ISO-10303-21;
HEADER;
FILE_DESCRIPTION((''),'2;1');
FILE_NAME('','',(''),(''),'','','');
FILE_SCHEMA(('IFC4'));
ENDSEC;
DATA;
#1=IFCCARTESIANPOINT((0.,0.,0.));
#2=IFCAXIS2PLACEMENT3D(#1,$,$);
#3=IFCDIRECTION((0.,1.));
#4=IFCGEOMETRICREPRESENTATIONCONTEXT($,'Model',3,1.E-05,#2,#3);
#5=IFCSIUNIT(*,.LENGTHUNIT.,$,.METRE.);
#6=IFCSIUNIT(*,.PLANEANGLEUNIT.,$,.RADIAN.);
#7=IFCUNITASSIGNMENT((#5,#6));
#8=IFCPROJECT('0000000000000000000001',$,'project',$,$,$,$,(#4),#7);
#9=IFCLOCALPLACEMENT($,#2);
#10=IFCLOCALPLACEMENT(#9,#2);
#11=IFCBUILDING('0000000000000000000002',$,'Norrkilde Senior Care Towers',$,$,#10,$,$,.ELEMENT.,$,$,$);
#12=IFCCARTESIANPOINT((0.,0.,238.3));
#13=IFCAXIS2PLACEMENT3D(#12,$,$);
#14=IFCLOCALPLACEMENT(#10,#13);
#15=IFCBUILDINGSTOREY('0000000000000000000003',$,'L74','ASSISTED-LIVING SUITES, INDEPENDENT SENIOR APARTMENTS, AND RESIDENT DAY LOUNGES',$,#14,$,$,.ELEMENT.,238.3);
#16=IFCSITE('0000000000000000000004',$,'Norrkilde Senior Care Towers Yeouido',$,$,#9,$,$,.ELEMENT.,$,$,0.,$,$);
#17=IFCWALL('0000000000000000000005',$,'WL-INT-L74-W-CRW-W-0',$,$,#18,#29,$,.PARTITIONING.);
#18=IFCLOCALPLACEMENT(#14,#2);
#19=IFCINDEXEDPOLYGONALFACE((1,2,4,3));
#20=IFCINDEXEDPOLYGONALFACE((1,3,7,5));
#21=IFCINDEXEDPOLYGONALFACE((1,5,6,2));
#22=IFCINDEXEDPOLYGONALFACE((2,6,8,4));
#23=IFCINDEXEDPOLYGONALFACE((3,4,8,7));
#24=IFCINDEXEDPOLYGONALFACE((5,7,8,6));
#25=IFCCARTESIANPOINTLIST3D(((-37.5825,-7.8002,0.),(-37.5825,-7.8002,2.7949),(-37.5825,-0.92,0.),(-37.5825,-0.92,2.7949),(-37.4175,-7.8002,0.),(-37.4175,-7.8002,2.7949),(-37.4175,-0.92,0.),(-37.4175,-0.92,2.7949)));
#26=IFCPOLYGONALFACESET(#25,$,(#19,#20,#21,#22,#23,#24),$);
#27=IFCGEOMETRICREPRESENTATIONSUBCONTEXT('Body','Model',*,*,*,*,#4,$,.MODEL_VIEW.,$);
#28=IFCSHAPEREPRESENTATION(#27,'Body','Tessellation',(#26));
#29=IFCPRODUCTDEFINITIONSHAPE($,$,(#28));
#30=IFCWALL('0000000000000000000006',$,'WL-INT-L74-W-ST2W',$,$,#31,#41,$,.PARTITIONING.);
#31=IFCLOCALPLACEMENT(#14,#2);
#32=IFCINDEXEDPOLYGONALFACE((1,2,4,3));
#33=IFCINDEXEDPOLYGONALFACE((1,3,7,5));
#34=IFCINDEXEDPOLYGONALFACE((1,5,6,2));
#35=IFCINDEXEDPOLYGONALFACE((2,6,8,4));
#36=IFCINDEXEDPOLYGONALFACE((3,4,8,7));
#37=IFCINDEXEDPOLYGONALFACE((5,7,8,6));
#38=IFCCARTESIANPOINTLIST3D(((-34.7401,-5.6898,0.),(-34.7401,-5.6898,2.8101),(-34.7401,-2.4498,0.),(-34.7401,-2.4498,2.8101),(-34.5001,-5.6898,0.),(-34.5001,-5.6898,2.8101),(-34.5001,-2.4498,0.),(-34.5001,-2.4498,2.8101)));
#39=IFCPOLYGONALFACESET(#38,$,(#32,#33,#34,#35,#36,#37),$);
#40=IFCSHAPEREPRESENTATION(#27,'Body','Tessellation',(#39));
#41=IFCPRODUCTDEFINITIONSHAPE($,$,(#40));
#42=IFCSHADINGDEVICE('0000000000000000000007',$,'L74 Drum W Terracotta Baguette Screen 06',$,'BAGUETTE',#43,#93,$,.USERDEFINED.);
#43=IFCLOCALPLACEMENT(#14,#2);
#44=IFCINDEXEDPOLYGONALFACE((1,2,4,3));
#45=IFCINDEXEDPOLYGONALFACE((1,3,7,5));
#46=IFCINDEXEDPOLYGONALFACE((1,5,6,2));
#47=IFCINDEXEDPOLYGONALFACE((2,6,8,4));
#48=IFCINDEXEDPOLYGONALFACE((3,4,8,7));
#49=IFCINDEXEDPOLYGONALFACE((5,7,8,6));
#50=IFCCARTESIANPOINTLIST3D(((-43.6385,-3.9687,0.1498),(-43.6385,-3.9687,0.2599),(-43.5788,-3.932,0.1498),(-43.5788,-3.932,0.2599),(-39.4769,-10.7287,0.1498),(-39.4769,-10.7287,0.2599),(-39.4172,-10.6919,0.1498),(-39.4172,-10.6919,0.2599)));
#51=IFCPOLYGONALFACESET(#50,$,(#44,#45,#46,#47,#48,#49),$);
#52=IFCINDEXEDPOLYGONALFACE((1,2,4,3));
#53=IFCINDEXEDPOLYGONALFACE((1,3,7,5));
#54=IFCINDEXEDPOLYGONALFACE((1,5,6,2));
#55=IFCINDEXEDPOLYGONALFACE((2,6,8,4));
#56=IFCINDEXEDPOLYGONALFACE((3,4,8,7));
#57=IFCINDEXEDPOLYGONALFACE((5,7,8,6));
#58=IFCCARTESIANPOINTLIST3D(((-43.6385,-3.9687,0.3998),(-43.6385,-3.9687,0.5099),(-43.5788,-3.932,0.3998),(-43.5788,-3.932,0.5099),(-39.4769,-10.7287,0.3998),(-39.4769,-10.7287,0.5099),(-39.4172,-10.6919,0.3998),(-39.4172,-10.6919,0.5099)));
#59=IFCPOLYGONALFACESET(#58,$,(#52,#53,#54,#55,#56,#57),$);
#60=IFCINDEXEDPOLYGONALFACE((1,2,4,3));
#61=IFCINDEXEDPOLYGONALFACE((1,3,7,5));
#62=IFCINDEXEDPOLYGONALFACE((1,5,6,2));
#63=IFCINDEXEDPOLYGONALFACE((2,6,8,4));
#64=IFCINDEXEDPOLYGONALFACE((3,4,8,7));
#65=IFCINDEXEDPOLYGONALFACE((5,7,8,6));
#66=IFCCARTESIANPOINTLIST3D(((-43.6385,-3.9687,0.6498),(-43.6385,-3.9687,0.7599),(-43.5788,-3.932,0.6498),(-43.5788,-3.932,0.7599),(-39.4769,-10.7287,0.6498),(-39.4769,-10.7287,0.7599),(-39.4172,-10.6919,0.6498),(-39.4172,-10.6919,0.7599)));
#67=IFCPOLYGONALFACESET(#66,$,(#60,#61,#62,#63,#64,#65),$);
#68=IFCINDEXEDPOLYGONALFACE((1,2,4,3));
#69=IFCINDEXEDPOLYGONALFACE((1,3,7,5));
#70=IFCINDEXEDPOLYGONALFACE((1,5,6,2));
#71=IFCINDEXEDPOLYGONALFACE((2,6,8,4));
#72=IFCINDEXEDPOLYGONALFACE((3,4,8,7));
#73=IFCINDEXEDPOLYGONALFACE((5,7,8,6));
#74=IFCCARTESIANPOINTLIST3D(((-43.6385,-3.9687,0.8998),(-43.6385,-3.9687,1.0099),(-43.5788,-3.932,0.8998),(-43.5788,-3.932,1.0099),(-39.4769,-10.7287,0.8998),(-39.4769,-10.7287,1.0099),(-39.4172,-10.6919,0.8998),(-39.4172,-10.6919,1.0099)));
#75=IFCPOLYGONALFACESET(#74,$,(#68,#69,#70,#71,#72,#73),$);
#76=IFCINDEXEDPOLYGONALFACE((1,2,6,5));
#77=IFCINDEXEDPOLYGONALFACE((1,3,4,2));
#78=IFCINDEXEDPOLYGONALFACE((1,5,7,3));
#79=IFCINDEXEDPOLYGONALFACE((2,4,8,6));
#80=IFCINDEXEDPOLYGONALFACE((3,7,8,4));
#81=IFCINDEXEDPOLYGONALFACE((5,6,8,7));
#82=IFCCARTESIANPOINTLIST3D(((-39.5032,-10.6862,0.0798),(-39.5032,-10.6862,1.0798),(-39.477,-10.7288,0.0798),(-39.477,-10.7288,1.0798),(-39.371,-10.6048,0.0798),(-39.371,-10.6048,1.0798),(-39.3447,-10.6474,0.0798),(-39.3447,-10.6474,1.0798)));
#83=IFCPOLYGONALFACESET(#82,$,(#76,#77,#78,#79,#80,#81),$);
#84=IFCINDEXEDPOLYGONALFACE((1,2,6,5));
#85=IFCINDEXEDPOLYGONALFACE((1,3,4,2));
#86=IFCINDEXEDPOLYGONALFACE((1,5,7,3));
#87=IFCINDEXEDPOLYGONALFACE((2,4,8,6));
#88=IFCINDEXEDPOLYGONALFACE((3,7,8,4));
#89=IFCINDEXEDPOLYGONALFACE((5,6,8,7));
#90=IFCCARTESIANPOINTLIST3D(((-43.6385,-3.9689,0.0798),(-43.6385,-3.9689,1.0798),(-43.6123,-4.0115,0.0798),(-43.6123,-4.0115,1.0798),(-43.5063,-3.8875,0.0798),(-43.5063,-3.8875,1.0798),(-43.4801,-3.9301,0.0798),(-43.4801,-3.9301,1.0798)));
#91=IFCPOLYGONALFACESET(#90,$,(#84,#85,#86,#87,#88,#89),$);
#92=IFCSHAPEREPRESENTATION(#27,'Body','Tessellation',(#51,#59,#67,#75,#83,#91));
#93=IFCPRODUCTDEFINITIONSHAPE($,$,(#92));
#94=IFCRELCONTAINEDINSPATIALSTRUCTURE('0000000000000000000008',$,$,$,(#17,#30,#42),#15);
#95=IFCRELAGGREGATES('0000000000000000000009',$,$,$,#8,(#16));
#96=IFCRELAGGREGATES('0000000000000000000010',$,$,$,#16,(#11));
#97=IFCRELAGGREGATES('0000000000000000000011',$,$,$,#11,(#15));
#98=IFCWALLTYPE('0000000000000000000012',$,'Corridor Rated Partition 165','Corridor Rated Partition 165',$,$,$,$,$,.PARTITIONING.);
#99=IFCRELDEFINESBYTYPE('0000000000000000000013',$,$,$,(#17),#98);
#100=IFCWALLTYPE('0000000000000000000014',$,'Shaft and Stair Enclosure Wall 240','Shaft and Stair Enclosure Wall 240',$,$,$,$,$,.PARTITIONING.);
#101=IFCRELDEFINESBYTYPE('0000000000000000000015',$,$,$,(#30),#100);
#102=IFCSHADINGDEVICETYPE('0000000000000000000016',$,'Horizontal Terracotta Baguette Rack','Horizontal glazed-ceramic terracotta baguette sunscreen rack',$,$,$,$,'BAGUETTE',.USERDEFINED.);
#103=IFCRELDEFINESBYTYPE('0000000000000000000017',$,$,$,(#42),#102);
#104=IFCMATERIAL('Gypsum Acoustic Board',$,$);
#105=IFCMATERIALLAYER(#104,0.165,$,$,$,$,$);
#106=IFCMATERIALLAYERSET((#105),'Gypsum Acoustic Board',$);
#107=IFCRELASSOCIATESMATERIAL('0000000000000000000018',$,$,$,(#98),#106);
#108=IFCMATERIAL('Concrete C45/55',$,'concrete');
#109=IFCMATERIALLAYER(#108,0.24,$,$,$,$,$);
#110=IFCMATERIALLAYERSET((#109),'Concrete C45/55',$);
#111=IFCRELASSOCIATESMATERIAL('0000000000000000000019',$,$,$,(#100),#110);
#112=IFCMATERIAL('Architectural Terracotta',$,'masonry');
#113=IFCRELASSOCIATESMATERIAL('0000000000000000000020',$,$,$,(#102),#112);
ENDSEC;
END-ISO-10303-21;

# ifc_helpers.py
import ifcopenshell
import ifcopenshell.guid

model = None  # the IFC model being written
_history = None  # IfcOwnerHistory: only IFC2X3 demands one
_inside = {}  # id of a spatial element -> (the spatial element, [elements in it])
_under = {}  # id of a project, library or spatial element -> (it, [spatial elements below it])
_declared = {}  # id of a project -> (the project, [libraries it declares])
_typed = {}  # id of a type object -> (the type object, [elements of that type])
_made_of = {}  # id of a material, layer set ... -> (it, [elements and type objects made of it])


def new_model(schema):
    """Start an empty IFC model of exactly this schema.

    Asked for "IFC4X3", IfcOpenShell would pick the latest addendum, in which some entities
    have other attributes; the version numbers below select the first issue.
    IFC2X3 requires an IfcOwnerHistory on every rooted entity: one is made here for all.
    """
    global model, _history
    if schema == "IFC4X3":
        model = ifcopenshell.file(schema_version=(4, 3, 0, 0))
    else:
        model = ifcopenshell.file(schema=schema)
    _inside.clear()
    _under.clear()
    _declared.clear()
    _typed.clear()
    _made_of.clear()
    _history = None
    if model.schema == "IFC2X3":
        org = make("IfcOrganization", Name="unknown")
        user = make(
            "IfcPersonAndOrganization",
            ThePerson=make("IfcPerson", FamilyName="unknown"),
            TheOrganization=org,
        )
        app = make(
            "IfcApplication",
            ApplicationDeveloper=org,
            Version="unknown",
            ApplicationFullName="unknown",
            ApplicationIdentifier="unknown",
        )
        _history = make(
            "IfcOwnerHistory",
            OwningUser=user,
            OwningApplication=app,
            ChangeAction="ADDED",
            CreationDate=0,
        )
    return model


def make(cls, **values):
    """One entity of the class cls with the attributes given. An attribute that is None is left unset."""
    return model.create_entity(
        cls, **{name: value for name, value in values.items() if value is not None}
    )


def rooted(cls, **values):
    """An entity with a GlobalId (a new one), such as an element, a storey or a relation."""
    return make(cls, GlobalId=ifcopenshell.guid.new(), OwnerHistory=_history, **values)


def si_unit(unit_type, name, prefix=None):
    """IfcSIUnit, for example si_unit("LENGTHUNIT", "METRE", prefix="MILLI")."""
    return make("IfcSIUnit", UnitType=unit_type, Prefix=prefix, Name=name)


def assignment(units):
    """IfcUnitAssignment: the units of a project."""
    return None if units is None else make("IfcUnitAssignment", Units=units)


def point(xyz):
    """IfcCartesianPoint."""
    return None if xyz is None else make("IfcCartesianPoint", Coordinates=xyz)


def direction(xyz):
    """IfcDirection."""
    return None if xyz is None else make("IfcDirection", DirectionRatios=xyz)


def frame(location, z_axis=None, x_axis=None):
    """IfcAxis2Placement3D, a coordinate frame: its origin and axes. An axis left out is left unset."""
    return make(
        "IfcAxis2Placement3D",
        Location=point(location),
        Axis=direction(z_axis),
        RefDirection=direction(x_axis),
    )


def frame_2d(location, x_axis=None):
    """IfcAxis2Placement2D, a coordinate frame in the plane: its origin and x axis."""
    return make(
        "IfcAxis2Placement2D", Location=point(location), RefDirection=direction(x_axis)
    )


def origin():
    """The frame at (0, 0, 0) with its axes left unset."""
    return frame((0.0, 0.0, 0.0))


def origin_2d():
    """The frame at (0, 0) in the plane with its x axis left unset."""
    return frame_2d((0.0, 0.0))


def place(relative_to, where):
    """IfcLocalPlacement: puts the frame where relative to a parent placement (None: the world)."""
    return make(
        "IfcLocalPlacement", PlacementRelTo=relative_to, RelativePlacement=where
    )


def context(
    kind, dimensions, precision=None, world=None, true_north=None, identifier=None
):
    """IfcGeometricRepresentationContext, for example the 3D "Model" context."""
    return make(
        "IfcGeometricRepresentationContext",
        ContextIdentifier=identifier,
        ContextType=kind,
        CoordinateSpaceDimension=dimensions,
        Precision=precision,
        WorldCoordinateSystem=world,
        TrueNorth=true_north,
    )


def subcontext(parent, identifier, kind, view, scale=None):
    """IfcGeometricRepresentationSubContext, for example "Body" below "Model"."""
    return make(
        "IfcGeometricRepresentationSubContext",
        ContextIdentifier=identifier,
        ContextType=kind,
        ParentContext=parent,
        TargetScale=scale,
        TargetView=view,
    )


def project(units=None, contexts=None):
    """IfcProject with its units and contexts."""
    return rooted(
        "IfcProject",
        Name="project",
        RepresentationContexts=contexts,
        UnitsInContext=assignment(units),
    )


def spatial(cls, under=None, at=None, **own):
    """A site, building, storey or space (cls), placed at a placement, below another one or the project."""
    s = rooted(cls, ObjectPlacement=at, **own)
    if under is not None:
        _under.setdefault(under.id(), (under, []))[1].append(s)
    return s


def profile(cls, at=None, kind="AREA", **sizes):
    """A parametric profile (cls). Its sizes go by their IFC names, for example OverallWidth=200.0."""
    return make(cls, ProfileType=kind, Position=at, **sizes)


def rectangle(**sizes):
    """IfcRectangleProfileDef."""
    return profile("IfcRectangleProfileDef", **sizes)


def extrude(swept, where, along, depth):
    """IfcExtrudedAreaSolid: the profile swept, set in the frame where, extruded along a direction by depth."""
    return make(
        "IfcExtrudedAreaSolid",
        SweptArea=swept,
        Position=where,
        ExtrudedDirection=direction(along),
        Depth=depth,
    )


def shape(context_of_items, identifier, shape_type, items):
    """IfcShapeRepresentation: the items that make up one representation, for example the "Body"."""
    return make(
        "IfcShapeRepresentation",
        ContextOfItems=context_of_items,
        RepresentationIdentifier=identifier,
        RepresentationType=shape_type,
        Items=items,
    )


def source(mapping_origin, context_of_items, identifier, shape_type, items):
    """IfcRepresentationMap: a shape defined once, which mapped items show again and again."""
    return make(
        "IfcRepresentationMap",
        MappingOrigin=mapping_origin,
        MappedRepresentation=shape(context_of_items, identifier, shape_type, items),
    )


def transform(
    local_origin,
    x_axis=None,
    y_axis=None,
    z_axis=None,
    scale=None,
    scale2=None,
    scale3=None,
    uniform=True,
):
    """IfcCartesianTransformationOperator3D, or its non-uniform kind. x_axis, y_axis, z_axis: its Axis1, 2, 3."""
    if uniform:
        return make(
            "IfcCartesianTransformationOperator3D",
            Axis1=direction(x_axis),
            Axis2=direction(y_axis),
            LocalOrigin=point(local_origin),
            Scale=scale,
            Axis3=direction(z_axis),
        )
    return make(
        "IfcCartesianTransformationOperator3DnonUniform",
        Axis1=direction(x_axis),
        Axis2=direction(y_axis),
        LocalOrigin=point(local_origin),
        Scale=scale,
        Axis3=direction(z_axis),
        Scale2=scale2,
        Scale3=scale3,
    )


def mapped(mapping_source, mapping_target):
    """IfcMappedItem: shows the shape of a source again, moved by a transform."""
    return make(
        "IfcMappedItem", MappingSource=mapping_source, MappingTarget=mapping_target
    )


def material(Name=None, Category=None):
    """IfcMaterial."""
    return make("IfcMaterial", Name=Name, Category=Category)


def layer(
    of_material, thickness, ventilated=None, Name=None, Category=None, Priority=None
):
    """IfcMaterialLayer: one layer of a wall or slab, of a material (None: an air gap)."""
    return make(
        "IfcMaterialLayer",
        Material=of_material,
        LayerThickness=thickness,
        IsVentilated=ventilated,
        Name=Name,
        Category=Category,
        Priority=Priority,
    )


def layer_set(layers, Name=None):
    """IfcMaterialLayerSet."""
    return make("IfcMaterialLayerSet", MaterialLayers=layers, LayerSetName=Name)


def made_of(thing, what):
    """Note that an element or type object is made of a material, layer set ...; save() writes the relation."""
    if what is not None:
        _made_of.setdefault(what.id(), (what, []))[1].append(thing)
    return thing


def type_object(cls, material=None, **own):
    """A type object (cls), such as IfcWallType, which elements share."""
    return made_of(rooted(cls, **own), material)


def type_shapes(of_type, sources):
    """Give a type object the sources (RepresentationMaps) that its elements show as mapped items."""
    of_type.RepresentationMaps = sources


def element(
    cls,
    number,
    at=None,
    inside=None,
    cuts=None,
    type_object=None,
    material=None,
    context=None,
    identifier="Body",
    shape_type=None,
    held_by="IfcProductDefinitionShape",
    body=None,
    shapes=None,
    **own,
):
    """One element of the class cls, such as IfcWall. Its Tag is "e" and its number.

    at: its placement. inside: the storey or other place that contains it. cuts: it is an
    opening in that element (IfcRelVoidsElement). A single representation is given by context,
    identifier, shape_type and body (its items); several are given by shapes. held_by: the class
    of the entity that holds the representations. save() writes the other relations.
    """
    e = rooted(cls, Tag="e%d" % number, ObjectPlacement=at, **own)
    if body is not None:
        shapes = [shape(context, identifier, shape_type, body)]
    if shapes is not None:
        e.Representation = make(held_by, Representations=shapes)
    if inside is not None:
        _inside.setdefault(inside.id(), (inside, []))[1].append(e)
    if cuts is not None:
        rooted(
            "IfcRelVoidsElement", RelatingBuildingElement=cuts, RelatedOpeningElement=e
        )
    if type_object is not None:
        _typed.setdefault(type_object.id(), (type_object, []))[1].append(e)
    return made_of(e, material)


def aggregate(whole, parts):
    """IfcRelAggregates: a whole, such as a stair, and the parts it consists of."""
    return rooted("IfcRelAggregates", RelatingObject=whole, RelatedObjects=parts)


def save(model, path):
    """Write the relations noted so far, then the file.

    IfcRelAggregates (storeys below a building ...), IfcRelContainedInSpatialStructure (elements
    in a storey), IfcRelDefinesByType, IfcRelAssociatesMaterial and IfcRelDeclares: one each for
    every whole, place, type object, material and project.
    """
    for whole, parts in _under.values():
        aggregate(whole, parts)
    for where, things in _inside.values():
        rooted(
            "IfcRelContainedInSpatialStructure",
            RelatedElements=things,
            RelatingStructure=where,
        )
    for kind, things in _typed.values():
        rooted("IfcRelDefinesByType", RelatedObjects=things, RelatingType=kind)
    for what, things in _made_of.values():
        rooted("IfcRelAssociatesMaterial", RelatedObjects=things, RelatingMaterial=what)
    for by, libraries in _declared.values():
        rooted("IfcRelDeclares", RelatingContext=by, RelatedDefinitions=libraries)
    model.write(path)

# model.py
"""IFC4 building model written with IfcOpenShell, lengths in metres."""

from ifc_helpers import new_model, si_unit, direction, frame, frame_2d, origin, origin_2d, place, context, subcontext, project, spatial, rectangle, extrude, source, transform, mapped, material, layer, layer_set, type_object, type_shapes, element, save


model = new_model("IFC4")

# Units and contexts
model_context = context("Model", 3, precision=1e-05, world=origin(), true_north=direction((0.0, 1.0)))
body_context = subcontext(model_context, "Body", "Model", "MODEL_VIEW")
ifc_project = project(units=[si_unit("LENGTHUNIT", "METRE"), si_unit("PLANEANGLEUNIT", "RADIAN")], contexts=[model_context])

# Site, building, storey
site_placement = place(None, origin())
site = spatial("IfcSite", under=ifc_project, at=site_placement, Name="Norrkilde Senior Care Towers Yeouido", CompositionType="ELEMENT", RefElevation=0.0)
building_placement = place(site_placement, origin())
building = spatial("IfcBuilding", under=site, at=building_placement, Name="Norrkilde Senior Care Towers", CompositionType="ELEMENT")
storey_placement = place(building_placement, frame((0.0, 0.0, 238.3)))
storey = spatial("IfcBuildingStorey", under=building, at=storey_placement, Name="L74", Description="ASSISTED-LIVING SUITES, INDEPENDENT SENIOR APARTMENTS, AND RESIDENT DAY LOUNGES", CompositionType="ELEMENT", Elevation=238.3)

# Walls
ifc_material_1 = material(Name="Gypsum Acoustic Board")
ifc_layer_1 = layer(ifc_material_1, 0.165)
ifc_layer_set_1 = layer_set([ifc_layer_1], Name="Gypsum Acoustic Board")
wall_type_1 = type_object("IfcWallType", Name="Corridor Rated Partition 165", Description="Corridor Rated Partition 165", PredefinedType="PARTITIONING", material=ifc_layer_set_1)
shared_shape_1 = source(origin(), body_context, "Body", "SweptSolid", [
    extrude(rectangle(XDim=6.8801, YDim=0.165, at=frame_2d((3.4399, 0.0))), origin(), (0.0, 0.0, 1.0), 2.7949),
])
type_shapes(wall_type_1, [shared_shape_1])
wall_1_placement = place(storey_placement, frame((-37.5, -7.8, 0.0), z_axis=(0.0, 0.0, 1.0), x_axis=(0.0, 1.0, 0.0)))
element("IfcWall", 1, at=wall_1_placement, inside=storey, type_object=wall_type_1, Name="WL-INT-L74-W-CRW-W-0", PredefinedType="PARTITIONING", context=body_context, shape_type="MappedRepresentation", body=[
    mapped(shared_shape_1, transform((0.0, 0.0, 0.0), x_axis=(1.0, 0.0, 0.0), y_axis=(0.0, 1.0, 0.0), z_axis=(0.0, 0.0, 1.0), scale=1.0)),
])
ifc_material_2 = material(Name="Concrete C45/55", Category="concrete")
ifc_layer_2 = layer(ifc_material_2, 0.24)
ifc_layer_set_2 = layer_set([ifc_layer_2], Name="Concrete C45/55")
wall_type_2 = type_object("IfcWallType", Name="Shaft and Stair Enclosure Wall 240", Description="Shaft and Stair Enclosure Wall 240", PredefinedType="PARTITIONING", material=ifc_layer_set_2)
shared_shape_2 = source(origin(), body_context, "Body", "SweptSolid", [
    extrude(rectangle(XDim=3.24, YDim=0.24, at=frame_2d((1.6201, 0.0))), origin(), (0.0, 0.0, 1.0), 2.8101),
])
type_shapes(wall_type_2, [shared_shape_2])
wall_2_placement = place(storey_placement, frame((-34.6201, -5.6899, 0.0), z_axis=(0.0, 0.0, 1.0), x_axis=(0.0, 1.0, 0.0)))
element("IfcWall", 2, at=wall_2_placement, inside=storey, type_object=wall_type_2, Name="WL-INT-L74-W-ST2W", PredefinedType="PARTITIONING", context=body_context, shape_type="MappedRepresentation", body=[
    mapped(shared_shape_2, transform((0.0, 0.0, 0.0), x_axis=(1.0, 0.0, 0.0), y_axis=(0.0, 1.0, 0.0), z_axis=(0.0, 0.0, 1.0), scale=1.0)),
])

# Shading device
ifc_material_3 = material(Name="Architectural Terracotta", Category="masonry")
shading_device_type = type_object("IfcShadingDeviceType", Name="Horizontal Terracotta Baguette Rack", Description="Horizontal glazed-ceramic terracotta baguette sunscreen rack", ElementType="BAGUETTE", PredefinedType="USERDEFINED", material=ifc_material_3)
shared_shape_3 = source(origin(), body_context, "Body", "SweptSolid", [
    extrude(rectangle(XDim=0.0701, YDim=0.1101, at=origin_2d()), frame((0.0, 0.0901, 0.125), z_axis=(1.0, 0.0, 0.0), x_axis=(0.0, 1.0, 0.0)), (0.0, 0.0, 1.0), 7.9382),
    extrude(rectangle(XDim=0.0701, YDim=0.1101, at=origin_2d()), frame((0.0, 0.0901, 0.375), z_axis=(1.0, 0.0, 0.0), x_axis=(0.0, 1.0, 0.0)), (0.0, 0.0, 1.0), 7.9382),
    extrude(rectangle(XDim=0.0701, YDim=0.1101, at=origin_2d()), frame((0.0, 0.0901, 0.625), z_axis=(1.0, 0.0, 0.0), x_axis=(0.0, 1.0, 0.0)), (0.0, 0.0, 1.0), 7.9382),
    extrude(rectangle(XDim=0.0701, YDim=0.1101, at=origin_2d()), frame((0.0, 0.0901, 0.875), z_axis=(1.0, 0.0, 0.0), x_axis=(0.0, 1.0, 0.0)), (0.0, 0.0, 1.0), 7.9382),
    extrude(rectangle(XDim=0.05, YDim=0.1553, at=origin_2d()), frame((0.0249, 0.0476, 0.0)), (0.0, 0.0, 1.0), 1.0),
    extrude(rectangle(XDim=0.05, YDim=0.1553, at=origin_2d()), frame((7.9131, 0.0476, 0.0)), (0.0, 0.0, 1.0), 1.0),
])
type_shapes(shading_device_type, [shared_shape_3])
shading_device_placement = place(storey_placement, frame((-39.3704, -10.6631, 0.0798), z_axis=(0.0, 0.0, 1.0), x_axis=(-0.52425, 0.851576, 0.0)))
element("IfcShadingDevice", 3, at=shading_device_placement, inside=storey, type_object=shading_device_type, Name="L74 Drum W Terracotta Baguette Screen 06", ObjectType="BAGUETTE", PredefinedType="USERDEFINED", context=body_context, shape_type="MappedRepresentation", body=[
    mapped(shared_shape_3, transform((0.0, 0.0, 0.0), x_axis=(1.0, 0.0, 0.0), y_axis=(0.0, 1.0, 0.0), z_axis=(0.0, 0.0, 1.0), scale=1.0)),
])

save(model, "model.ifc")
